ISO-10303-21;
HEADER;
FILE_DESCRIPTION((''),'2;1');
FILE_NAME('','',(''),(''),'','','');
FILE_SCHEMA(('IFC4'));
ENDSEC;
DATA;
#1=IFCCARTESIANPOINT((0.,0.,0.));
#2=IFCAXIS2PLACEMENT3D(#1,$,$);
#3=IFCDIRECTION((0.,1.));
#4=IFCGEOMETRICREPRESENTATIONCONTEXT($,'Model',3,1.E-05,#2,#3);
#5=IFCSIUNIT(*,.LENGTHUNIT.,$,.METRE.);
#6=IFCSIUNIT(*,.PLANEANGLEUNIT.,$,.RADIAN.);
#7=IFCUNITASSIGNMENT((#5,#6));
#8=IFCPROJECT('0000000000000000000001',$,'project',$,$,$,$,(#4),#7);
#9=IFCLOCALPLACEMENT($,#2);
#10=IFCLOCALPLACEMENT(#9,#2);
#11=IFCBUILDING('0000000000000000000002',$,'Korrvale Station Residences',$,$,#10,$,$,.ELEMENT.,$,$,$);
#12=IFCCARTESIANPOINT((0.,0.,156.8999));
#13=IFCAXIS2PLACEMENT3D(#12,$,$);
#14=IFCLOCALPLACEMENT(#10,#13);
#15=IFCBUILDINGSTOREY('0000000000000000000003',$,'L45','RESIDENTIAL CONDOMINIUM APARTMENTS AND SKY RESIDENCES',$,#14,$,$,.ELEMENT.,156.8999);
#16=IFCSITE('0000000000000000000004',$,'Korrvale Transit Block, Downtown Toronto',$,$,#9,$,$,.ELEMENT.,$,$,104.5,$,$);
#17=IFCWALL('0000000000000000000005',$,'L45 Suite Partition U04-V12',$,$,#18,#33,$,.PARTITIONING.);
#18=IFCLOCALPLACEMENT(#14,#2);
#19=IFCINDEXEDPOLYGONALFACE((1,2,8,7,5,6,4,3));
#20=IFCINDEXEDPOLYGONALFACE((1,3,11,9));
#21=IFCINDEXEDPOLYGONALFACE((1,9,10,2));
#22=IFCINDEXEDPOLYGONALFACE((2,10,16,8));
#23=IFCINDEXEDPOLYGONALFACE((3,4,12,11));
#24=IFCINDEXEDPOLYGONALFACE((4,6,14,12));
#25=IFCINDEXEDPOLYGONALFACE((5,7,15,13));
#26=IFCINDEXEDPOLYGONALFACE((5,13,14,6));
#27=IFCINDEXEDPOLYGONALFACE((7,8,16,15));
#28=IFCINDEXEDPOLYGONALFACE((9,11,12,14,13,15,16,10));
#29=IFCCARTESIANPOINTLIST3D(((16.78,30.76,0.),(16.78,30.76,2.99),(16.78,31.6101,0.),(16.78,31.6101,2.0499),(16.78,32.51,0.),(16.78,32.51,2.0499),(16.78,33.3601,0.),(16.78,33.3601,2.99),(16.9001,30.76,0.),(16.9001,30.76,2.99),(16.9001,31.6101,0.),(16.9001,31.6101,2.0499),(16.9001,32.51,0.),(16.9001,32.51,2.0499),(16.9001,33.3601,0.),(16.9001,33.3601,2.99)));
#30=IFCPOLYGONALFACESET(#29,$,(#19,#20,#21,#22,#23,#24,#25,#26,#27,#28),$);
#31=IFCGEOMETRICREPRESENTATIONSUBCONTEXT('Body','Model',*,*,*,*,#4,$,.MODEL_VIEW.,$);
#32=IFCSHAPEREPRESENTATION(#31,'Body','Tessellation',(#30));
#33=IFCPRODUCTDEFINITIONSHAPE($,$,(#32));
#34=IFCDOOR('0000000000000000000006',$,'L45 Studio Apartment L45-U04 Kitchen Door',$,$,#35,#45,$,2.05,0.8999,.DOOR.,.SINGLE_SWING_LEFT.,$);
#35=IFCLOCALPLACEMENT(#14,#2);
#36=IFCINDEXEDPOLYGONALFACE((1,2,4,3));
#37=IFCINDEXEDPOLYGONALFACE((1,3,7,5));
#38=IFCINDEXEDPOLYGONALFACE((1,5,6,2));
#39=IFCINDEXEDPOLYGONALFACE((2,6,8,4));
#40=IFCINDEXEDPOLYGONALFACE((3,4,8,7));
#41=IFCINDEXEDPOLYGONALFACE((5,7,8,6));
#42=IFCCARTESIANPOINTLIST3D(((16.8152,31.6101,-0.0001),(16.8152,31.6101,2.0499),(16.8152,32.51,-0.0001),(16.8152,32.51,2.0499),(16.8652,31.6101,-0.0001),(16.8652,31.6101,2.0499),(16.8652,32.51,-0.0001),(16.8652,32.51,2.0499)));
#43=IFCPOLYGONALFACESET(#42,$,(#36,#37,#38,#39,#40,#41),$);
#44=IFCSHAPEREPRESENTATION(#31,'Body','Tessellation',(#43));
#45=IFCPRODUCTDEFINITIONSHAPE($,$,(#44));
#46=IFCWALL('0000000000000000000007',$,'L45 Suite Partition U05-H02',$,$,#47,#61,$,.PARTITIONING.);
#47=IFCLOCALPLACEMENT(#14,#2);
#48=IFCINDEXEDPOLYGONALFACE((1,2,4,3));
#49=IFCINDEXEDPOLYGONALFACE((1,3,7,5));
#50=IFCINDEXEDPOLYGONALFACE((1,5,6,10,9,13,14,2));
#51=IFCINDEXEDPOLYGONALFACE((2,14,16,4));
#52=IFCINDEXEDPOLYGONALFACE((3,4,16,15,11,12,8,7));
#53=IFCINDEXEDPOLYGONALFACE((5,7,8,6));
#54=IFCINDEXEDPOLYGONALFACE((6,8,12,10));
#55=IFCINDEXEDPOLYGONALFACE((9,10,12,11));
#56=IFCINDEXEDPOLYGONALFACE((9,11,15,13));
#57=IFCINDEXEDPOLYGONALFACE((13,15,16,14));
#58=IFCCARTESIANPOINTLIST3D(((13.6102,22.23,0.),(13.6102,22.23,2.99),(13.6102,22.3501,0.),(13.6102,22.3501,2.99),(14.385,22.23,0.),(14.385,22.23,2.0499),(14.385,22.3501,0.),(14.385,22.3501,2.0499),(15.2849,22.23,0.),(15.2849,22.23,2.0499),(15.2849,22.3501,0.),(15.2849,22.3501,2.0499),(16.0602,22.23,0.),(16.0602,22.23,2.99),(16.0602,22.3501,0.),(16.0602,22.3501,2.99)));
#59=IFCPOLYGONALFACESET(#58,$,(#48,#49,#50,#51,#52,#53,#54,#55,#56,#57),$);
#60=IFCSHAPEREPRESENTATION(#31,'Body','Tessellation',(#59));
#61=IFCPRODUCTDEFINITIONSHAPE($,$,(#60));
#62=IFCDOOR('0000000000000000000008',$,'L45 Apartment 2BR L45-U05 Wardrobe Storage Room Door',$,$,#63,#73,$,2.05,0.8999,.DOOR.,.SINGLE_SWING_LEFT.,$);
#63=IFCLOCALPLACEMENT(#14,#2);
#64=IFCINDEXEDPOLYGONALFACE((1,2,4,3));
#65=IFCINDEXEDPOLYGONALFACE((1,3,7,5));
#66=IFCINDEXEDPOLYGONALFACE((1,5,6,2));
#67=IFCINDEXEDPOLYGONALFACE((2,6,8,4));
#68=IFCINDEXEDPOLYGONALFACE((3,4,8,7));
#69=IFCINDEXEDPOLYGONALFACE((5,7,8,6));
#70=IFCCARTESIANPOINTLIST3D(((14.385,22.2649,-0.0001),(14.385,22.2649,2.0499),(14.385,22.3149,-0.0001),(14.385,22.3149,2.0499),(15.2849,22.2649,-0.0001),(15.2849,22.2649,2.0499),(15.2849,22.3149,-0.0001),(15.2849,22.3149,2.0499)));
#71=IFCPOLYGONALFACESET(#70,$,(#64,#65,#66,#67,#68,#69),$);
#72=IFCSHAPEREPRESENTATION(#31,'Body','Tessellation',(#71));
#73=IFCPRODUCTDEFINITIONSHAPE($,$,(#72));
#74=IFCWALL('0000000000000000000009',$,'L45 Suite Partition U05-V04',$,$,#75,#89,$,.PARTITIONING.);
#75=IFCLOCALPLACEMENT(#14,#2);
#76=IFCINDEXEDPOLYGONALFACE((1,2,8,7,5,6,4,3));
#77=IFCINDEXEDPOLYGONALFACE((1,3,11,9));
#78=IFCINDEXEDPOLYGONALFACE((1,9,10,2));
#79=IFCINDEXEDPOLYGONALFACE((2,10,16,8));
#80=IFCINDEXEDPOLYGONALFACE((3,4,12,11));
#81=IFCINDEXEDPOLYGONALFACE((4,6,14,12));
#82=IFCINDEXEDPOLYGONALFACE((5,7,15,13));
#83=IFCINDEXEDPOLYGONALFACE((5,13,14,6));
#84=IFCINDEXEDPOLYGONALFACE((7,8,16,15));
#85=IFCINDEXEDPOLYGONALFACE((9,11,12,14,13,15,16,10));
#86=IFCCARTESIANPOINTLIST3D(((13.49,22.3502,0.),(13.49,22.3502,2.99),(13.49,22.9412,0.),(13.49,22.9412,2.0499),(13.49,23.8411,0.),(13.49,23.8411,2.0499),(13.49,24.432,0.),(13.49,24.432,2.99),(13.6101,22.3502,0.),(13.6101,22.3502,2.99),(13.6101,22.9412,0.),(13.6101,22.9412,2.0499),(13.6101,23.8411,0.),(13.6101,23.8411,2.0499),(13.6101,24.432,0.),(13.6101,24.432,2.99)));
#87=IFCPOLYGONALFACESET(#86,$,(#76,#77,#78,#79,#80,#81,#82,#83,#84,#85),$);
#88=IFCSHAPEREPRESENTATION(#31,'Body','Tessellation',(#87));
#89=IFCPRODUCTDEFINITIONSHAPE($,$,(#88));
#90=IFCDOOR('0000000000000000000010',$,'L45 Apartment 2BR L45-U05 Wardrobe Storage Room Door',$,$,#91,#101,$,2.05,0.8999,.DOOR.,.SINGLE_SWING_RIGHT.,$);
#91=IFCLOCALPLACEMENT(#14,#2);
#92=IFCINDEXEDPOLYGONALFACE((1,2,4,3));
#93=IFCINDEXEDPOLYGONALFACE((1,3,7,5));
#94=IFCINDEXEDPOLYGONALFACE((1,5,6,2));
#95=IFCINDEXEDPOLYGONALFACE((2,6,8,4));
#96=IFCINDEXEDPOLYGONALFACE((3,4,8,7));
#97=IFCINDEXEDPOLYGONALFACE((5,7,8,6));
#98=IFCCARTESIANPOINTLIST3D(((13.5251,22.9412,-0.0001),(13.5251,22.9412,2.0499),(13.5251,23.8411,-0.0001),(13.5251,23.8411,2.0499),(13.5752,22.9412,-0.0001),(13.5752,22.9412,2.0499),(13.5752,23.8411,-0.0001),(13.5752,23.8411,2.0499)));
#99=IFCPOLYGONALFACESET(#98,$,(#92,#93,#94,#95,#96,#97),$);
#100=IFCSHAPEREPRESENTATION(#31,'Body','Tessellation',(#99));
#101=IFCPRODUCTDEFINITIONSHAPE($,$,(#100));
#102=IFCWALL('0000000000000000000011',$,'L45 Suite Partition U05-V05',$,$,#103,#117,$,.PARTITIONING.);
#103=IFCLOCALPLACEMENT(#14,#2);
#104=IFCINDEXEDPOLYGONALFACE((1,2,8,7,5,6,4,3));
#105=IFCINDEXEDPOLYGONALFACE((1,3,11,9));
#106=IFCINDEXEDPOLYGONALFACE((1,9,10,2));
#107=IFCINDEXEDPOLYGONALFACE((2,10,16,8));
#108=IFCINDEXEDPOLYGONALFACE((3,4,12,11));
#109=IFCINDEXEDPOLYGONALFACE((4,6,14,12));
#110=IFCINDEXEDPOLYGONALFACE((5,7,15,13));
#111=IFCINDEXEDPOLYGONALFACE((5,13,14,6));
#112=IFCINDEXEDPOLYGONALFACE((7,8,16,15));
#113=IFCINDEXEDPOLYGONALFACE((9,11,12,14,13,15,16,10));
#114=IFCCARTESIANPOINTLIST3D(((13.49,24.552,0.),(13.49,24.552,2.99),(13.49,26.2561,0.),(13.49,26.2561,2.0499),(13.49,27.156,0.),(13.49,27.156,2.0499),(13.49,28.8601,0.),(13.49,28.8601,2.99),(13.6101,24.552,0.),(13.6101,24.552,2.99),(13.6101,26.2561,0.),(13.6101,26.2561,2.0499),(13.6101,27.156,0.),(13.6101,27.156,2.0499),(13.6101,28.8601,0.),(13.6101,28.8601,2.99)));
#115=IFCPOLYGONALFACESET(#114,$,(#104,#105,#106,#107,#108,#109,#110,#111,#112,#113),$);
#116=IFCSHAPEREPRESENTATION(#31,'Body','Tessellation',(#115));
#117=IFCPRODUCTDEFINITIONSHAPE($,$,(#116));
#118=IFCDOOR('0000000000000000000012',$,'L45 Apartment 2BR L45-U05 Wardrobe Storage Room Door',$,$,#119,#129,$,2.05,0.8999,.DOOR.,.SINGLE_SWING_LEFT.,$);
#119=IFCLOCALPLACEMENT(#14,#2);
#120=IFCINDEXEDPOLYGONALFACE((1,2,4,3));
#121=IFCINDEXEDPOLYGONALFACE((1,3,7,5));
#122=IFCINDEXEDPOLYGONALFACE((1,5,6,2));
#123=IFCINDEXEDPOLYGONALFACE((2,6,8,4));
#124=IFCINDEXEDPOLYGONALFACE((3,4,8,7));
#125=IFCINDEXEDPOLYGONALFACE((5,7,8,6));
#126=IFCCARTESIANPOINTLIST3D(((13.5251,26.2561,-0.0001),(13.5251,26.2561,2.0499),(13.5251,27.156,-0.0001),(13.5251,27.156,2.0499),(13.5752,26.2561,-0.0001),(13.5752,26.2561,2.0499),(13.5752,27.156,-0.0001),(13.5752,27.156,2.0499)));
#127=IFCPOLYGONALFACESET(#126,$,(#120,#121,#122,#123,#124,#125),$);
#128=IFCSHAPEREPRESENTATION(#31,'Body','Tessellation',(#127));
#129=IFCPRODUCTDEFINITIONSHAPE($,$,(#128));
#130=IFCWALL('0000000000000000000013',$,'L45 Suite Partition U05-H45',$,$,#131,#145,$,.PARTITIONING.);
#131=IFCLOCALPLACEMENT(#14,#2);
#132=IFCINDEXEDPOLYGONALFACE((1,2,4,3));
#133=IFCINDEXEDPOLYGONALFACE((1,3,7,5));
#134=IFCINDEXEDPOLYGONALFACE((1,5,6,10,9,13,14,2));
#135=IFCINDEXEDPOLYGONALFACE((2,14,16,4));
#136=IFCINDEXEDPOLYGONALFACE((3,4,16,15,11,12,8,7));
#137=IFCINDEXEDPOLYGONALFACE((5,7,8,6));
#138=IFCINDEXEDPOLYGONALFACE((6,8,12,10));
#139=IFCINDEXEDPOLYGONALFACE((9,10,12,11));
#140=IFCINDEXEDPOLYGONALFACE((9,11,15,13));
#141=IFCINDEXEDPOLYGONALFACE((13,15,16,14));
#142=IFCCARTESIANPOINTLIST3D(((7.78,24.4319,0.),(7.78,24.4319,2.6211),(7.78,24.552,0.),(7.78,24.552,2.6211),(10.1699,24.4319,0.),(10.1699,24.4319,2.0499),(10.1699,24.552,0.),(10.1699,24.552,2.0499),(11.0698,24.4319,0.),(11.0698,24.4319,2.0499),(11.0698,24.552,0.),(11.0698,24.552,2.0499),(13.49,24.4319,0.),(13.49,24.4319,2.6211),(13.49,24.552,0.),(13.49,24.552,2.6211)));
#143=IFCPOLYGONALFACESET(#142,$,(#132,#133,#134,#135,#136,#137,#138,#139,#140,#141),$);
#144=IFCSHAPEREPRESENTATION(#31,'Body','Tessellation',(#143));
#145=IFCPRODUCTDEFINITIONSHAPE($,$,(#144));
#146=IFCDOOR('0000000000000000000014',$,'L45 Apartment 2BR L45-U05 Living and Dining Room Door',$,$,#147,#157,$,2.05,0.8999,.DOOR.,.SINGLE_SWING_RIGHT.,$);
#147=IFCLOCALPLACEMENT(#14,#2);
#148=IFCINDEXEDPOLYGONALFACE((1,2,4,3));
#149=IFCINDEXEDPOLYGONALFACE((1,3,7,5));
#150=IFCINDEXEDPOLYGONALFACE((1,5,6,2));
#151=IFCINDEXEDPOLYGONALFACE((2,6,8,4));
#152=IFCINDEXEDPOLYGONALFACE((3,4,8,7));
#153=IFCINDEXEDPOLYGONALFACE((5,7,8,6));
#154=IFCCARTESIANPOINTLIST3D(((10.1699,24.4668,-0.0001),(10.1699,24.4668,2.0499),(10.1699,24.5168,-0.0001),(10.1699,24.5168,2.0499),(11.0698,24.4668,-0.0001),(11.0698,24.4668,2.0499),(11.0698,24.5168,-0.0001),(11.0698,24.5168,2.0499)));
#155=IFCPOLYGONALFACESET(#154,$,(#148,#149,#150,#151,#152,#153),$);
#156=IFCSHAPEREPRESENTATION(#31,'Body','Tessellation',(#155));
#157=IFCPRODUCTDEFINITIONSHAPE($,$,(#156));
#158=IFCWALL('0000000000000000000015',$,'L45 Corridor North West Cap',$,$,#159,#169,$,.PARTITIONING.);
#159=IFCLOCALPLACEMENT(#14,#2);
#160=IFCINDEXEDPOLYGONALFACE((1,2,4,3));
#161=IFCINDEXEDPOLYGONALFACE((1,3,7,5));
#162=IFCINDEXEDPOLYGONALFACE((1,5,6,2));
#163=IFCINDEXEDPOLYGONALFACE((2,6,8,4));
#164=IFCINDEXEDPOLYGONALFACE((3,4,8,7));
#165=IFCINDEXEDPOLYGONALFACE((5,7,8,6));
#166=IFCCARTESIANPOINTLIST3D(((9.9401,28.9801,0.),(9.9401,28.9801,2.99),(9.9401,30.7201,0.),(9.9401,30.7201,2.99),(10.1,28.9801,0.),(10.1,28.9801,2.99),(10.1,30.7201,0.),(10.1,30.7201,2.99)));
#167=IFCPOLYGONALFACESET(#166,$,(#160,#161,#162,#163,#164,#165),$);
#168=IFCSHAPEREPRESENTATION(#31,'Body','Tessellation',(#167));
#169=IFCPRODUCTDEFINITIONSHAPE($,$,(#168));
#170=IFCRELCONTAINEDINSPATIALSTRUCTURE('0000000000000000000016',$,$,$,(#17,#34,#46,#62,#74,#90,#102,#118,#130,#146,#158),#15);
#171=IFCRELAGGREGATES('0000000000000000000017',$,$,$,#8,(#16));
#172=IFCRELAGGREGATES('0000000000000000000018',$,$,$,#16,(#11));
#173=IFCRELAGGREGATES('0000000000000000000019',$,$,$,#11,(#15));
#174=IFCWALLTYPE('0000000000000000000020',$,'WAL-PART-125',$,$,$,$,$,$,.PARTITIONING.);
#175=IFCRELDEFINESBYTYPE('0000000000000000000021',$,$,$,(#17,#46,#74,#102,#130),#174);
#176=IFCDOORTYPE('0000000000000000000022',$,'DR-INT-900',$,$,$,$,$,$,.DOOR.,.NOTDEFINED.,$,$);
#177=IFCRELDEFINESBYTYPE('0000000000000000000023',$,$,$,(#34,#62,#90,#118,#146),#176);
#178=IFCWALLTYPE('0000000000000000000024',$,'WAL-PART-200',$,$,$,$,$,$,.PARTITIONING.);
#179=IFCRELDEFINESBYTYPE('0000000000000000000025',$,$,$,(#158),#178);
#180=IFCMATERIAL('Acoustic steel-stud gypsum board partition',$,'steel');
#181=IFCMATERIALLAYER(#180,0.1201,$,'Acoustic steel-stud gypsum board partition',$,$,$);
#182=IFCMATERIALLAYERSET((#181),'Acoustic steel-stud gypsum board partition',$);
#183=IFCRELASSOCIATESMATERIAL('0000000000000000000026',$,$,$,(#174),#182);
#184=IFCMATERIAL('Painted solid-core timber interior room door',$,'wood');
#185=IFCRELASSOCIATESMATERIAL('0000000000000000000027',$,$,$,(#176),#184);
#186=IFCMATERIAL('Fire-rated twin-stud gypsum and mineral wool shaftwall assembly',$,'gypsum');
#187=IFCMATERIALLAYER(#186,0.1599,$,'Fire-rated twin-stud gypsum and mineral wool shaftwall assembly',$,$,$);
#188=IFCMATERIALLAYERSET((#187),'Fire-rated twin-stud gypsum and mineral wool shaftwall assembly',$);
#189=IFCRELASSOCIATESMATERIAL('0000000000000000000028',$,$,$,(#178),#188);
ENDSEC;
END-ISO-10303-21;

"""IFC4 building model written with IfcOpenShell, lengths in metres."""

from ifc_helpers import new_model, si_unit, direction, frame, frame_2d, origin, place, context, subcontext, project, spatial, rectangle, extrude, material, layer, layer_set, type_object, element, fill, save


model = new_model("IFC4")

# Units and contexts
model_context = context("Model", 3, precision=1e-05, world=origin(), true_north=direction((0.0, 1.0)))
body_context = subcontext(model_context, "Body", "Model", "MODEL_VIEW")
ifc_project = project(units=[si_unit("LENGTHUNIT", "METRE"), si_unit("PLANEANGLEUNIT", "RADIAN")], contexts=[model_context])

# Site, building, storey
site_placement = place(None, origin())
site = spatial("IfcSite", under=ifc_project, at=site_placement, Name="Korrvale Transit Block, Downtown Toronto", CompositionType="ELEMENT", RefElevation=104.5)
building_placement = place(site_placement, origin())
building = spatial("IfcBuilding", under=site, at=building_placement, Name="Korrvale Station Residences", CompositionType="ELEMENT")
storey_placement = place(building_placement, frame((0.0, 0.0, 156.8999)))
storey = spatial("IfcBuildingStorey", under=building, at=storey_placement, Name="L45", Description="RESIDENTIAL CONDOMINIUM APARTMENTS AND SKY RESIDENCES", CompositionType="ELEMENT", Elevation=156.8999)

# Walls, openings, doors
ifc_material_1 = material(Name="Acoustic steel-stud gypsum board partition", Category="steel")
ifc_layer_1 = layer(ifc_material_1, 0.1201, Name="Acoustic steel-stud gypsum board partition")
ifc_layer_set_1 = layer_set([ifc_layer_1], Name="Acoustic steel-stud gypsum board partition")
wall_type_1 = type_object("IfcWallType", Name="WAL-PART-125", PredefinedType="PARTITIONING", material=ifc_layer_set_1)
wall_1_placement = place(storey_placement, frame((16.8401, 30.76, 0.0), z_axis=(0.0, 0.0, 1.0), x_axis=(0.0, 1.0, 0.0)))
wall_1 = element("IfcWall", 1, at=wall_1_placement, inside=storey, type_object=wall_type_1, Name="L45 Suite Partition U04-V12", PredefinedType="PARTITIONING", context=body_context, shape_type="SweptSolid", body=[
    extrude(rectangle(XDim=2.6001, YDim=0.1201, at=frame_2d((1.3, 0.0))), origin(), (0.0, 0.0, 1.0), 2.99),
])
opening_1_placement = place(wall_1_placement, frame((0.8501, 0.0, 0.0)))
opening_1 = element("IfcOpeningElement", 2, at=opening_1_placement, cuts=wall_1, PredefinedType="OPENING", context=body_context, shape_type="SweptSolid", body=[
    extrude(rectangle(XDim=0.8999, YDim=2.05, at=frame_2d((0.45, 1.0249))), frame((0.0, 0.0701, 0.0), z_axis=(0.0, -1.0, 0.0), x_axis=(1.0, 0.0, 0.0)), (0.0, 0.0, 1.0), 0.1401),
])
ifc_material_2 = material(Name="Painted solid-core timber interior room door", Category="wood")
door_type_1 = type_object("IfcDoorType", Name="DR-INT-900", OperationType="NOTDEFINED", PredefinedType="DOOR", material=ifc_material_2)
door_1_placement = place(opening_1_placement, origin())
door_1 = element("IfcDoor", 3, at=door_1_placement, inside=storey, type_object=door_type_1, Name="L45 Studio Apartment L45-U04 Kitchen Door", OperationType="SINGLE_SWING_LEFT", OverallHeight=2.05, OverallWidth=0.8999, PredefinedType="DOOR", context=body_context, shape_type="SweptSolid", body=[
    extrude(rectangle(XDim=0.8999, YDim=2.05, at=frame_2d((0.45, 1.0249))), frame((0.0, 0.0249, 0.0), z_axis=(0.0, -1.0, 0.0), x_axis=(1.0, 0.0, 0.0)), (0.0, 0.0, 1.0), 0.05),
])
fill(opening_1, door_1)
wall_2_placement = place(storey_placement, frame((13.6101, 22.29, 0.0), z_axis=(0.0, 0.0, 1.0), x_axis=(1.0, 0.0, 0.0)))
wall_2 = element("IfcWall", 4, at=wall_2_placement, inside=storey, type_object=wall_type_1, Name="L45 Suite Partition U05-H02", PredefinedType="PARTITIONING", context=body_context, shape_type="SweptSolid", body=[
    extrude(rectangle(XDim=2.45, YDim=0.1201, at=frame_2d((1.2251, 0.0))), origin(), (0.0, 0.0, 1.0), 2.99),
])
opening_2_placement = place(wall_2_placement, frame((0.7749, 0.0, 0.0)))
opening_2 = element("IfcOpeningElement", 5, at=opening_2_placement, cuts=wall_2, PredefinedType="OPENING", context=body_context, shape_type="SweptSolid", body=[
    extrude(rectangle(XDim=0.8999, YDim=2.05, at=frame_2d((0.45, 1.0249))), frame((0.0, 0.0701, 0.0), z_axis=(0.0, -1.0, 0.0), x_axis=(1.0, 0.0, 0.0)), (0.0, 0.0, 1.0), 0.1401),
])
door_2_placement = place(opening_2_placement, origin())
door_2 = element("IfcDoor", 6, at=door_2_placement, inside=storey, type_object=door_type_1, Name="L45 Apartment 2BR L45-U05 Wardrobe Storage Room Door", OperationType="SINGLE_SWING_LEFT", OverallHeight=2.05, OverallWidth=0.8999, PredefinedType="DOOR", context=body_context, shape_type="SweptSolid", body=[
    extrude(rectangle(XDim=0.8999, YDim=2.05, at=frame_2d((0.45, 1.0249))), frame((0.0, 0.0249, 0.0), z_axis=(0.0, -1.0, 0.0), x_axis=(1.0, 0.0, 0.0)), (0.0, 0.0, 1.0), 0.05),
])
fill(opening_2, door_2)
wall_3_placement = place(storey_placement, frame((13.55, 22.3501, 0.0), z_axis=(0.0, 0.0, 1.0), x_axis=(0.0, 1.0, 0.0)))
wall_3 = element("IfcWall", 7, at=wall_3_placement, inside=storey, type_object=wall_type_1, Name="L45 Suite Partition U05-V04", PredefinedType="PARTITIONING", context=body_context, shape_type="SweptSolid", body=[
    extrude(rectangle(XDim=2.0818, YDim=0.1201, at=frame_2d((1.041, 0.0))), origin(), (0.0, 0.0, 1.0), 2.99),
])
opening_3_placement = place(wall_3_placement, frame((0.5911, 0.0, 0.0)))
opening_3 = element("IfcOpeningElement", 8, at=opening_3_placement, cuts=wall_3, PredefinedType="OPENING", context=body_context, shape_type="SweptSolid", body=[
    extrude(rectangle(XDim=0.8999, YDim=2.05, at=frame_2d((0.45, 1.0249))), frame((0.0, 0.0701, 0.0), z_axis=(0.0, -1.0, 0.0), x_axis=(1.0, 0.0, 0.0)), (0.0, 0.0, 1.0), 0.1401),
])
door_3_placement = place(opening_3_placement, origin())
door_3 = element("IfcDoor", 9, at=door_3_placement, inside=storey, type_object=door_type_1, Name="L45 Apartment 2BR L45-U05 Wardrobe Storage Room Door", OperationType="SINGLE_SWING_RIGHT", OverallHeight=2.05, OverallWidth=0.8999, PredefinedType="DOOR", context=body_context, shape_type="SweptSolid", body=[
    extrude(rectangle(XDim=0.8999, YDim=2.05, at=frame_2d((0.45, 1.0249))), frame((0.0, 0.0249, 0.0), z_axis=(0.0, -1.0, 0.0), x_axis=(1.0, 0.0, 0.0)), (0.0, 0.0, 1.0), 0.05),
])
fill(opening_3, door_3)
wall_4_placement = place(storey_placement, frame((13.55, 24.552, 0.0), z_axis=(0.0, 0.0, 1.0), x_axis=(0.0, 1.0, 0.0)))
wall_4 = element("IfcWall", 10, at=wall_4_placement, inside=storey, type_object=wall_type_1, Name="L45 Suite Partition U05-V05", PredefinedType="PARTITIONING", context=body_context, shape_type="SweptSolid", body=[
    extrude(rectangle(XDim=4.3081, YDim=0.1201, at=frame_2d((2.1541, 0.0))), origin(), (0.0, 0.0, 1.0), 2.99),
])
opening_4_placement = place(wall_4_placement, frame((1.7041, 0.0, 0.0)))
opening_4 = element("IfcOpeningElement", 11, at=opening_4_placement, cuts=wall_4, PredefinedType="OPENING", context=body_context, shape_type="SweptSolid", body=[
    extrude(rectangle(XDim=0.8999, YDim=2.05, at=frame_2d((0.45, 1.0249))), frame((0.0, 0.0701, 0.0), z_axis=(0.0, -1.0, 0.0), x_axis=(1.0, 0.0, 0.0)), (0.0, 0.0, 1.0), 0.1401),
])
door_4_placement = place(opening_4_placement, origin())
door_4 = element("IfcDoor", 12, at=door_4_placement, inside=storey, type_object=door_type_1, Name="L45 Apartment 2BR L45-U05 Wardrobe Storage Room Door", OperationType="SINGLE_SWING_LEFT", OverallHeight=2.05, OverallWidth=0.8999, PredefinedType="DOOR", context=body_context, shape_type="SweptSolid", body=[
    extrude(rectangle(XDim=0.8999, YDim=2.05, at=frame_2d((0.45, 1.0249))), frame((0.0, 0.0249, 0.0), z_axis=(0.0, -1.0, 0.0), x_axis=(1.0, 0.0, 0.0)), (0.0, 0.0, 1.0), 0.05),
])
fill(opening_4, door_4)
wall_5_placement = place(storey_placement, frame((7.78, 24.4919, 0.0), z_axis=(0.0, 0.0, 1.0), x_axis=(1.0, 0.0, 0.0)))
wall_5 = element("IfcWall", 13, at=wall_5_placement, inside=storey, type_object=wall_type_1, Name="L45 Suite Partition U05-H45", PredefinedType="PARTITIONING", context=body_context, shape_type="SweptSolid", body=[
    extrude(rectangle(XDim=5.71, YDim=0.1201, at=frame_2d((2.855, 0.0))), origin(), (0.0, 0.0, 1.0), 2.6211),
])
opening_5_placement = place(wall_5_placement, frame((2.3899, 0.0, 0.0)))
opening_5 = element("IfcOpeningElement", 14, at=opening_5_placement, cuts=wall_5, PredefinedType="OPENING", context=body_context, shape_type="SweptSolid", body=[
    extrude(rectangle(XDim=0.8999, YDim=2.05, at=frame_2d((0.45, 1.0249))), frame((0.0, 0.0701, 0.0), z_axis=(0.0, -1.0, 0.0), x_axis=(1.0, 0.0, 0.0)), (0.0, 0.0, 1.0), 0.1401),
])
door_5_placement = place(opening_5_placement, origin())
door_5 = element("IfcDoor", 15, at=door_5_placement, inside=storey, type_object=door_type_1, Name="L45 Apartment 2BR L45-U05 Living and Dining Room Door", OperationType="SINGLE_SWING_RIGHT", OverallHeight=2.05, OverallWidth=0.8999, PredefinedType="DOOR", context=body_context, shape_type="SweptSolid", body=[
    extrude(rectangle(XDim=0.8999, YDim=2.05, at=frame_2d((0.45, 1.0249))), frame((0.0, 0.0249, 0.0), z_axis=(0.0, -1.0, 0.0), x_axis=(1.0, 0.0, 0.0)), (0.0, 0.0, 1.0), 0.05),
])
fill(opening_5, door_5)

# Wall
ifc_material_3 = material(Name="Fire-rated twin-stud gypsum and mineral wool shaftwall assembly", Category="gypsum")
ifc_layer_2 = layer(ifc_material_3, 0.1599, Name="Fire-rated twin-stud gypsum and mineral wool shaftwall assembly")
ifc_layer_set_2 = layer_set([ifc_layer_2], Name="Fire-rated twin-stud gypsum and mineral wool shaftwall assembly")
wall_type_2 = type_object("IfcWallType", Name="WAL-PART-200", PredefinedType="PARTITIONING", material=ifc_layer_set_2)
wall_6_placement = place(storey_placement, frame((10.02, 28.98, 0.0), z_axis=(0.0, 0.0, 1.0), x_axis=(0.0, 1.0, 0.0)))
element("IfcWall", 16, at=wall_6_placement, inside=storey, type_object=wall_type_2, Name="L45 Corridor North West Cap", PredefinedType="PARTITIONING", context=body_context, shape_type="SweptSolid", body=[
    extrude(rectangle(XDim=1.74, YDim=0.1599, at=frame_2d((0.8701, 0.0))), origin(), (0.0, 0.0, 1.0), 2.99),
])

save(model, "model.ifc")
